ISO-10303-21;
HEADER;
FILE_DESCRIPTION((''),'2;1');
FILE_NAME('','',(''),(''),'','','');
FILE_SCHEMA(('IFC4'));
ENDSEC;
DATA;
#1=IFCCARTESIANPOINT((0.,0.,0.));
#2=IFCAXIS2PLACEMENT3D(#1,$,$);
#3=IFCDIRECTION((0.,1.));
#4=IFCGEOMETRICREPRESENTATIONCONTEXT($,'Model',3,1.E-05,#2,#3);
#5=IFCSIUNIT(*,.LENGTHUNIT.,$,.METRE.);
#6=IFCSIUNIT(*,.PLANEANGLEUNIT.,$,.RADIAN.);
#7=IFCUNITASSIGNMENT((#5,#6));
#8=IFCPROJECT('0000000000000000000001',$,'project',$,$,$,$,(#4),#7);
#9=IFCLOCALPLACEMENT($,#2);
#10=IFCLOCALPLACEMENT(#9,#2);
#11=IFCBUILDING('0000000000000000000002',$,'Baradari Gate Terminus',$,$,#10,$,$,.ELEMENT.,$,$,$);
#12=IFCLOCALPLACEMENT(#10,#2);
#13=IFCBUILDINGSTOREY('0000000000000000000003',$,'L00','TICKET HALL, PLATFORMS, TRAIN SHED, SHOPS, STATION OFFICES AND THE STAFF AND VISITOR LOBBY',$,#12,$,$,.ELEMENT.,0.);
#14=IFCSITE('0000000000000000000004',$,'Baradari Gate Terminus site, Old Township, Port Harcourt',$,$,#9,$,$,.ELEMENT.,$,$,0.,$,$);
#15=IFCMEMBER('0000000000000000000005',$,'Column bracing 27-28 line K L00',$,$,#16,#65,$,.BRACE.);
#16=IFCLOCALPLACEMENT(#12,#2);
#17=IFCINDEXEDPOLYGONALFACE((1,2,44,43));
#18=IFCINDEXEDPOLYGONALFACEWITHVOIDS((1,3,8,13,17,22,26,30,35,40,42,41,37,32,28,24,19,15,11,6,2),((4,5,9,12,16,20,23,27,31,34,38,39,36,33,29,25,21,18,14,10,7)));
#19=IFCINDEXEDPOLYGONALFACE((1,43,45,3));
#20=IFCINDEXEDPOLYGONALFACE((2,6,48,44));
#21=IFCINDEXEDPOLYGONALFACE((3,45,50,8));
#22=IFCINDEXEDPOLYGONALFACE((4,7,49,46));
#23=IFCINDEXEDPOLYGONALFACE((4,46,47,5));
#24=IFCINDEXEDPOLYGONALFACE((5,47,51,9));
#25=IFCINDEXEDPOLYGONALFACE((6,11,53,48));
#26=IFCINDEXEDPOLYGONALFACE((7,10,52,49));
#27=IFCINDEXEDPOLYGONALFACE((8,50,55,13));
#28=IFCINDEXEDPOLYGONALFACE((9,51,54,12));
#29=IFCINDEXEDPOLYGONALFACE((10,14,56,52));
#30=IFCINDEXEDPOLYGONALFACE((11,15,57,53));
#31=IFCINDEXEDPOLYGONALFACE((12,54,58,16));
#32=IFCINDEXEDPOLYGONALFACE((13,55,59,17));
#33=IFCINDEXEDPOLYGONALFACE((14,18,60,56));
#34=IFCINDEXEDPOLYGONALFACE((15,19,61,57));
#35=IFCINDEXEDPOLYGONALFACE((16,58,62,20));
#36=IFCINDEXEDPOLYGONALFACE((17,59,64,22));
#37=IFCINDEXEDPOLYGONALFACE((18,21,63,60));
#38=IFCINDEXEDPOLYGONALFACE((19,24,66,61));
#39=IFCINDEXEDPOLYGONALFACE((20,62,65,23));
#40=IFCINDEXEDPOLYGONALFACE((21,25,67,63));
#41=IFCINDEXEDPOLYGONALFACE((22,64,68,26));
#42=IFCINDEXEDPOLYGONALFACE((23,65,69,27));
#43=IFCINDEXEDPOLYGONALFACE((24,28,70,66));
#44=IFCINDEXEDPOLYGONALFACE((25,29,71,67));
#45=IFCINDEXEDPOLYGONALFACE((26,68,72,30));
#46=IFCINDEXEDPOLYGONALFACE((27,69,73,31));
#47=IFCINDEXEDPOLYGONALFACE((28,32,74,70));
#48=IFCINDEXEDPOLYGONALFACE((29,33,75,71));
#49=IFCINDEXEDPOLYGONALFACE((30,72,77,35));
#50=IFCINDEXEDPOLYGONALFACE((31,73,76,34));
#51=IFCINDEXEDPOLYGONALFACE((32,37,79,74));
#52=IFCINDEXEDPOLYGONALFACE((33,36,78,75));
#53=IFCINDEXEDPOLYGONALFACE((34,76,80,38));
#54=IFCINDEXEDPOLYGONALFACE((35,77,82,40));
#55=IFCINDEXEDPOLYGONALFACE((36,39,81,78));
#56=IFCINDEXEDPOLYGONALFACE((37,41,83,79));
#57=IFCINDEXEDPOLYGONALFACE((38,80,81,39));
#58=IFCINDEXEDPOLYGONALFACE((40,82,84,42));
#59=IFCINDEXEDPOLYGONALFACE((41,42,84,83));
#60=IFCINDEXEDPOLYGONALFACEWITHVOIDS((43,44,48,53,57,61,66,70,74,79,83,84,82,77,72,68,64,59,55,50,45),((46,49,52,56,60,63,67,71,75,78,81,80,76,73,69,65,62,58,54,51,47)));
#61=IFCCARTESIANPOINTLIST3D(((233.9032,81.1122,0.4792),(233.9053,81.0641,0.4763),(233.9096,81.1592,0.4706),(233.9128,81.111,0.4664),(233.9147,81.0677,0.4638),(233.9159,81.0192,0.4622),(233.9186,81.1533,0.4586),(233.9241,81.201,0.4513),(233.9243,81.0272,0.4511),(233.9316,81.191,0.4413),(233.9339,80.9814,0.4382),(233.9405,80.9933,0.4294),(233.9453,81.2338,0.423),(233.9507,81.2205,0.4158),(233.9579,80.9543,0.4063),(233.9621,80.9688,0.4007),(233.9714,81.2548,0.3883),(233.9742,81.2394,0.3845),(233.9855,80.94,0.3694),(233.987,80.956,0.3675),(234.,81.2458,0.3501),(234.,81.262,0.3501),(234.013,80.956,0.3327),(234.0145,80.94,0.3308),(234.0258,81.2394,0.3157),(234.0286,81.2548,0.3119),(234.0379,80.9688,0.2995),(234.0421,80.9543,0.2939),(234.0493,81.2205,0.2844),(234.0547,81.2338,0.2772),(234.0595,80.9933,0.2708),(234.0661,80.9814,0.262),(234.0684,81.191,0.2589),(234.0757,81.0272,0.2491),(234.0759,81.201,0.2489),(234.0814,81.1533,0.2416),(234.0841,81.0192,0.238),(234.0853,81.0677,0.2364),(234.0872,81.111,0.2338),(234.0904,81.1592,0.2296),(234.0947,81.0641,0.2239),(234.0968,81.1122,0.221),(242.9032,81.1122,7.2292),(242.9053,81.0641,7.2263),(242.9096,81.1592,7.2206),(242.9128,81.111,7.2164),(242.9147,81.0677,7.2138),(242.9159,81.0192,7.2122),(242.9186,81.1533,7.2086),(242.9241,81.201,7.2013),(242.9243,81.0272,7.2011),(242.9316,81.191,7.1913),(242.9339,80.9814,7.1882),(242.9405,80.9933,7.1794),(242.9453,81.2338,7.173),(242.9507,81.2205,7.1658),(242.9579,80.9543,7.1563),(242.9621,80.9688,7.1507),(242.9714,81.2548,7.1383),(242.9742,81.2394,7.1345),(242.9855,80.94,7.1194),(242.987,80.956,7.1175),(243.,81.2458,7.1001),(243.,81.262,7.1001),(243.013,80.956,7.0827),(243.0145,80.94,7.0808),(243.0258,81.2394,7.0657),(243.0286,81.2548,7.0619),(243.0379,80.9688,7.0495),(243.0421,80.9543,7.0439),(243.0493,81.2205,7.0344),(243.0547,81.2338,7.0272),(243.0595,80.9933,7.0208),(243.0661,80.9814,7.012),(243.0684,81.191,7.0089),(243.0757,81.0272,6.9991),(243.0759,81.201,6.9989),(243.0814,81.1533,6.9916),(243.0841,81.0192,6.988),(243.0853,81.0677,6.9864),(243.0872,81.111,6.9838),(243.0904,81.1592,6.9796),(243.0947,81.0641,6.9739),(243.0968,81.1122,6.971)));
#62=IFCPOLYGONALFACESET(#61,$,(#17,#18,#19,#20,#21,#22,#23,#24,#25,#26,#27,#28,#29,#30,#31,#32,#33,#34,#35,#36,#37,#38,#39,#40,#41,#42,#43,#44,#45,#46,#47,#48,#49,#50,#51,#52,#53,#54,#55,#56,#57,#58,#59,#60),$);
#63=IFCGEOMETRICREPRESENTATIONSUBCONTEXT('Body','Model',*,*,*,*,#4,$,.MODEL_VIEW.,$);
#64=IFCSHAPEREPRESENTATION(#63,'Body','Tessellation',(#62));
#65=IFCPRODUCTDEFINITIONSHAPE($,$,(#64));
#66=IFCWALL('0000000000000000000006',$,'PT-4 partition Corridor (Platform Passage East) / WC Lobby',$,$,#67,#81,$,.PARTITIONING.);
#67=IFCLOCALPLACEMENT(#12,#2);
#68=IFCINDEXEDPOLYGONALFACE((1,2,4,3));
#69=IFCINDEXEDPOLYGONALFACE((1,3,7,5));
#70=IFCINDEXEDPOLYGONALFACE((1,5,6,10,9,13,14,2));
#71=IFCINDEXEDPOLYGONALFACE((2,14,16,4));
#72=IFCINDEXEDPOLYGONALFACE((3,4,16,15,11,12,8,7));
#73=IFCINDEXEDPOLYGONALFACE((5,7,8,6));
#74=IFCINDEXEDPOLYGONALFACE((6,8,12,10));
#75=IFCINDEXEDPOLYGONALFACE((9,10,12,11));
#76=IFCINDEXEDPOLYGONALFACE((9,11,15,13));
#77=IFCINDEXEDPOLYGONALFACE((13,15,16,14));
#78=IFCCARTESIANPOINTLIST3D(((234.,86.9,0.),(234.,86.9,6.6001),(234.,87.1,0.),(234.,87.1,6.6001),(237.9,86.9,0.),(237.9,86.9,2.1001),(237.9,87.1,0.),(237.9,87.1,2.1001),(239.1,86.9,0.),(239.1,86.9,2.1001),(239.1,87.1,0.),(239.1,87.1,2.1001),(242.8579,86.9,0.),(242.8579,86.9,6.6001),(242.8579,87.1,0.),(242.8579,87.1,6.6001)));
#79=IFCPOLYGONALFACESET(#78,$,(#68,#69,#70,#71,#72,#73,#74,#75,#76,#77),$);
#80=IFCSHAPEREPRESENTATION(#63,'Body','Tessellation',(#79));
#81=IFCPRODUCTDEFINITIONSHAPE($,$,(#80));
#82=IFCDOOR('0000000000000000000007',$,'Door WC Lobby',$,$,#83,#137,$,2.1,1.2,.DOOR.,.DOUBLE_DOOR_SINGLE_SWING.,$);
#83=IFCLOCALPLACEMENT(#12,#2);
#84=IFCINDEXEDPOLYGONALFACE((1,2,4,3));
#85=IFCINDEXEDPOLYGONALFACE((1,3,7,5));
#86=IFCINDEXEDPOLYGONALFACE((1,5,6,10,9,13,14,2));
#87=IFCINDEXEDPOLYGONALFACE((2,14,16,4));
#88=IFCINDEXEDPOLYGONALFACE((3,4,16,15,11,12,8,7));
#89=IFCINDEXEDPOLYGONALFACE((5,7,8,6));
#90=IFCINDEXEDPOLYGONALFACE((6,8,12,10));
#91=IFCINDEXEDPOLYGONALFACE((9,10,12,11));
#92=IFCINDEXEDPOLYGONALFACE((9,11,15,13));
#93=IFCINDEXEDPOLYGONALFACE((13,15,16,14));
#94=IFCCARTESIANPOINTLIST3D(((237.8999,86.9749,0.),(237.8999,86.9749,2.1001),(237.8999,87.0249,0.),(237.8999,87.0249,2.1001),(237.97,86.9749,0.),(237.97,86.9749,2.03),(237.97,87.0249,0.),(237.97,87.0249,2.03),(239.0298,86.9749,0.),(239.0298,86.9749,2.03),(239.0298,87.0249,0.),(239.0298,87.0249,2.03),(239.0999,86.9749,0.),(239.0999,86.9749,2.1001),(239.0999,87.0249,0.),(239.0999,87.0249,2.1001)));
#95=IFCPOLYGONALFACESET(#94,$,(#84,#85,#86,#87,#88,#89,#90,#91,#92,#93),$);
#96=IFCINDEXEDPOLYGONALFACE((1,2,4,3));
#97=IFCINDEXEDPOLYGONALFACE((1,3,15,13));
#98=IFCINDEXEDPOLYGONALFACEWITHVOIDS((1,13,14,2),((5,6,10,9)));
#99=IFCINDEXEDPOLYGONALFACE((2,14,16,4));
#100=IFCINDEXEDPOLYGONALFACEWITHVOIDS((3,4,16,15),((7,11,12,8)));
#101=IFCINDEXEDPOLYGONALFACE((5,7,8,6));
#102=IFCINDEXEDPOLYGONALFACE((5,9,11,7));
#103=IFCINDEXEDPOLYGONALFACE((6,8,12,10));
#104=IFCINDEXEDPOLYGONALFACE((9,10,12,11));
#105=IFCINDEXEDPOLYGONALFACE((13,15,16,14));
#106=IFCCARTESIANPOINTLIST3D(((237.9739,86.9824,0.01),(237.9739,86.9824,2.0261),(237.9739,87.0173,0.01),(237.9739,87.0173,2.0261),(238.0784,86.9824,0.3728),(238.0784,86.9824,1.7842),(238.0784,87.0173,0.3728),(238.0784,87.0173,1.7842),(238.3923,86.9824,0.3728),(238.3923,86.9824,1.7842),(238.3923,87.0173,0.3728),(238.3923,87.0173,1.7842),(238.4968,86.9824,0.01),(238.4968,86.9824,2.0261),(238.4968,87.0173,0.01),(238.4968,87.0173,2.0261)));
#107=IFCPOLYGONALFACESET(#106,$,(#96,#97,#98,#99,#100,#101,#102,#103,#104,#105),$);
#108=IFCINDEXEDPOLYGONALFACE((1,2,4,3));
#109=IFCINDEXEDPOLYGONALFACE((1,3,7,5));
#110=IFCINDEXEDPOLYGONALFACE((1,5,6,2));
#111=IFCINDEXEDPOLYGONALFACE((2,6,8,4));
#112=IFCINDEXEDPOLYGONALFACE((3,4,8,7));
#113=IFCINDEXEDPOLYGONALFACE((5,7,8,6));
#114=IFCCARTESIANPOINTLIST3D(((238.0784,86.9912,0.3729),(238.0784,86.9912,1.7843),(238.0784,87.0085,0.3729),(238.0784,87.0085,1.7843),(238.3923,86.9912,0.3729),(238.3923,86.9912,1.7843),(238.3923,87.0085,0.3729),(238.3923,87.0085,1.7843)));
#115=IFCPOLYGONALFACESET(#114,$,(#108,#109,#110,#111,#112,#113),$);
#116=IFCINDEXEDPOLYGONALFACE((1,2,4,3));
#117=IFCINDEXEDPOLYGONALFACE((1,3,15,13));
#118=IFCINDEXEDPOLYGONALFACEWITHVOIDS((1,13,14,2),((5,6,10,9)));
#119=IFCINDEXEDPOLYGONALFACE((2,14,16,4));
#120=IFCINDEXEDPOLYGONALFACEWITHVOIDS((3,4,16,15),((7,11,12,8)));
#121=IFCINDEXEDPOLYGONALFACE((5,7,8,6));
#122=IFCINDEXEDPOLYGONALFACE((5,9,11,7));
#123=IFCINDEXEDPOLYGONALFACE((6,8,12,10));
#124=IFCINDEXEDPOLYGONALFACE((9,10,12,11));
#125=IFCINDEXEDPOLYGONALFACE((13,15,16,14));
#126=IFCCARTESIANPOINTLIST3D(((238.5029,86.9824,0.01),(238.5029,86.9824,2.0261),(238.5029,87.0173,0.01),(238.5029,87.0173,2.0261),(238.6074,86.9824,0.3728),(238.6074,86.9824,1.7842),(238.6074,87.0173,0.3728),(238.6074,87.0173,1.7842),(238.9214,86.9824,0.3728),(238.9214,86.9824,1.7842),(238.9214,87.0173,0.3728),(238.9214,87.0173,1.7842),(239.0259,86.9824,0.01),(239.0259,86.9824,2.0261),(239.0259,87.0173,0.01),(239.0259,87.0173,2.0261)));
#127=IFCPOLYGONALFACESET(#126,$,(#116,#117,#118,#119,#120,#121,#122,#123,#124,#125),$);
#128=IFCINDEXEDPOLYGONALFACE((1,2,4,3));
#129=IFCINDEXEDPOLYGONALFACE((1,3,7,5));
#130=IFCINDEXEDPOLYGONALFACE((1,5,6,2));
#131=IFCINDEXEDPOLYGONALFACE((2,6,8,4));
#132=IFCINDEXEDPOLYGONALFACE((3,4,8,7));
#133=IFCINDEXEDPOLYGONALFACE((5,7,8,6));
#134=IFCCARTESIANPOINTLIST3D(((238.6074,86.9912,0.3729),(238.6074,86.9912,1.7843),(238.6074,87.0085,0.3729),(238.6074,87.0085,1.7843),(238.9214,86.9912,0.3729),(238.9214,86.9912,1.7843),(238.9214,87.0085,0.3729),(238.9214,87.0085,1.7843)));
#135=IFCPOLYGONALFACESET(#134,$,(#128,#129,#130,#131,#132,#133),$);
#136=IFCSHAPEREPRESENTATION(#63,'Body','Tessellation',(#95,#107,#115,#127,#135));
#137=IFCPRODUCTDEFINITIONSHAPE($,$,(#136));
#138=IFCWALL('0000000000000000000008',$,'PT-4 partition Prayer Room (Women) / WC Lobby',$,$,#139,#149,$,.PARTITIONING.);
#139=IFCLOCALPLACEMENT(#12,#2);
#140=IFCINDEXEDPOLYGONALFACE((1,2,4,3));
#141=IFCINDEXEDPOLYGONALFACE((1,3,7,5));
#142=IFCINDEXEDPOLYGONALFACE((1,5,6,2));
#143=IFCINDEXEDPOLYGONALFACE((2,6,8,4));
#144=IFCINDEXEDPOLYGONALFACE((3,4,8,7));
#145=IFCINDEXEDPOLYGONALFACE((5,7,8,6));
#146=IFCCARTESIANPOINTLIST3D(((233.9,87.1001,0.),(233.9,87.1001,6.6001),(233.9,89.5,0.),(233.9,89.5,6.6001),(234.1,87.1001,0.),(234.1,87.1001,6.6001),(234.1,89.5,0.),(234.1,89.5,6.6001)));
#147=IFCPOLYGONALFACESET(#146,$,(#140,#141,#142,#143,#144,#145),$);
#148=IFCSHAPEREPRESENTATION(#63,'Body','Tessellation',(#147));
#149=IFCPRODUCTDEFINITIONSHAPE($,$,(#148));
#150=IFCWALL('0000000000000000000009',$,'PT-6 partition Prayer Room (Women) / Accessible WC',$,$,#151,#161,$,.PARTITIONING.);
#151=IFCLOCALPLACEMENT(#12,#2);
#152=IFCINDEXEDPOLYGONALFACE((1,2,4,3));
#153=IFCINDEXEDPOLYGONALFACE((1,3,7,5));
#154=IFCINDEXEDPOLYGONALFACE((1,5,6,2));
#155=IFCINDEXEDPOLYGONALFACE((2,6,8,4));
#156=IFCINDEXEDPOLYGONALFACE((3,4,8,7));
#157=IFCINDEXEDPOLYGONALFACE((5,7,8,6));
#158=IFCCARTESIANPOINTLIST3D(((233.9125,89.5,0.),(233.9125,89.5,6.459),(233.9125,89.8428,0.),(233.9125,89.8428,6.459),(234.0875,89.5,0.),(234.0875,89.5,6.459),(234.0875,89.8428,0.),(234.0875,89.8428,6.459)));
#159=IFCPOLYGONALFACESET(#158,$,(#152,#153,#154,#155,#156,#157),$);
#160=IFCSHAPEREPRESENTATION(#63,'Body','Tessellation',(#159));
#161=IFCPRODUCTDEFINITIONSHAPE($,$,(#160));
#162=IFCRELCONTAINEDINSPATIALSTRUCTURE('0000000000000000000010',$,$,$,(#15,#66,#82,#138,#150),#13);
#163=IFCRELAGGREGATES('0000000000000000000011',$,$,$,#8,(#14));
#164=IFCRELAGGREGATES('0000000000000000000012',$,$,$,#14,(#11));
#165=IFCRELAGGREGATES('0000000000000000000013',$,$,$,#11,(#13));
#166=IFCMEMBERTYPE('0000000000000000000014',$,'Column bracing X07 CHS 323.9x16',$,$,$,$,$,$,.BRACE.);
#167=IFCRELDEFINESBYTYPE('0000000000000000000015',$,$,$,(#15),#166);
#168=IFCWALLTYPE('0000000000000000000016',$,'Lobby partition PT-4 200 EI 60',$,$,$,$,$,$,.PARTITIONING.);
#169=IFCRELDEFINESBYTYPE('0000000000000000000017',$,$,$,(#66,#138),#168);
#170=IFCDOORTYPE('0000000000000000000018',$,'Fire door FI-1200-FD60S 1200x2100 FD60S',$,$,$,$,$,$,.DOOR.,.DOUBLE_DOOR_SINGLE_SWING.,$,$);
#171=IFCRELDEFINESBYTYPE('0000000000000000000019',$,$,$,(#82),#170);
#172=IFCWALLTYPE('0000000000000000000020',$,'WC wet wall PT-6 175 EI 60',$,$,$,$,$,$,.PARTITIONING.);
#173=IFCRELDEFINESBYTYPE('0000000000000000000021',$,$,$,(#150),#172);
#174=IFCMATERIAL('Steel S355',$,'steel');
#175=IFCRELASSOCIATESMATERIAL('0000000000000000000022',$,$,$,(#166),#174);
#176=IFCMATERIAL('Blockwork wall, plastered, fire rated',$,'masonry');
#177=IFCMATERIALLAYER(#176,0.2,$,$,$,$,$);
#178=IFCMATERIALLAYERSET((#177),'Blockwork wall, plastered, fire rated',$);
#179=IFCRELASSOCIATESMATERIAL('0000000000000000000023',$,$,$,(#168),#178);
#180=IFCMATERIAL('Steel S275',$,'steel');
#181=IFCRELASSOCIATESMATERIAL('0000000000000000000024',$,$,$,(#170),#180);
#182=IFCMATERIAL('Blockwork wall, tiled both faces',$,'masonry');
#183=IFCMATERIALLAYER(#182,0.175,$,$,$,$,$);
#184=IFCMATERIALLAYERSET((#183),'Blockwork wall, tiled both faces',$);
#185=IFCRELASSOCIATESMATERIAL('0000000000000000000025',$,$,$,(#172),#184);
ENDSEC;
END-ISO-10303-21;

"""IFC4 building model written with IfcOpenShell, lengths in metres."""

from ifc_helpers import new_model, si_unit, direction, frame, frame_2d, origin, origin_2d, place, context, subcontext, project, spatial, polyline, rectangle, hollow_circle, outline, extrude, material, layer, layer_set, material_profile, profile_set, type_object, element, fill, save


model = new_model("IFC4")

# Units and contexts
model_context = context("Model", 3, precision=1e-05, world=origin(), true_north=direction((0.0, 1.0)))
body_context = subcontext(model_context, "Body", "Model", "MODEL_VIEW")
ifc_project = project(units=[si_unit("LENGTHUNIT", "METRE"), si_unit("PLANEANGLEUNIT", "RADIAN")], contexts=[model_context])

# Site, building, storey
site_placement = place(None, origin())
site = spatial("IfcSite", under=ifc_project, at=site_placement, Name="Baradari Gate Terminus site, Old Township, Port Harcourt", CompositionType="ELEMENT", RefElevation=0.0)
building_placement = place(site_placement, origin())
building = spatial("IfcBuilding", under=site, at=building_placement, Name="Baradari Gate Terminus", CompositionType="ELEMENT")
storey_placement = place(building_placement, origin())
storey = spatial("IfcBuildingStorey", under=building, at=storey_placement, Name="L00", Description="TICKET HALL, PLATFORMS, TRAIN SHED, SHOPS, STATION OFFICES AND THE STAFF AND VISITOR LOBBY", CompositionType="ELEMENT", Elevation=0.0)

# Member
ifc_material_1 = material(Name="Steel S355", Category="steel")
ifc_material_profile_1 = material_profile(ifc_material_1, hollow_circle(Radius=0.1619, WallThickness=0.0161, at=origin_2d()), Name="CHS 323.9x16")
ifc_profile_set_1 = profile_set([ifc_material_profile_1], Name="Steel S355")
member_type = type_object("IfcMemberType", Name="Column bracing X07 CHS 323.9x16", PredefinedType="BRACE", material=ifc_profile_set_1)
member_placement = place(storey_placement, frame((234.0, 81.1001, 0.3501), z_axis=(0.8, 0.0, 0.6), x_axis=(0.0, 1.0, 0.0)))
element("IfcMember", 1, at=member_placement, inside=storey, type_object=member_type, Name="Column bracing 27-28 line K L00", PredefinedType="BRACE", context=body_context, shape_type="SweptSolid", body=[
    extrude(hollow_circle(Radius=0.1619, WallThickness=0.0161, at=origin_2d()), origin(), (0.0, 0.0, 1.0), 11.25),
])

# Wall, opening, door
ifc_material_2 = material(Name="Blockwork wall, plastered, fire rated", Category="masonry")
ifc_layer_1 = layer(ifc_material_2, 0.2)
ifc_layer_set_1 = layer_set([ifc_layer_1], Name="Blockwork wall, plastered, fire rated")
wall_type_1 = type_object("IfcWallType", Name="Lobby partition PT-4 200 EI 60", PredefinedType="PARTITIONING", material=ifc_layer_set_1)
wall_1_placement = place(storey_placement, frame((234.0, 87.0, 0.0), z_axis=(0.0, 0.0, 1.0), x_axis=(1.0, 0.0, 0.0)))
wall_1 = element("IfcWall", 2, at=wall_1_placement, inside=storey, type_object=wall_type_1, Name="PT-4 partition Corridor (Platform Passage East) / WC Lobby", PredefinedType="PARTITIONING", context=body_context, shape_type="SweptSolid", body=[
    extrude(rectangle(XDim=8.8579, YDim=0.2, at=frame_2d((4.429, 0.0))), origin(), (0.0, 0.0, 1.0), 6.6001),
])
opening_1_placement = place(wall_1_placement, frame((3.8999, 0.0, 0.0)))
opening_1 = element("IfcOpeningElement", 3, at=opening_1_placement, cuts=wall_1, PredefinedType="OPENING", context=body_context, shape_type="SweptSolid", body=[
    extrude(rectangle(XDim=1.2, YDim=2.1001, at=frame_2d((0.6001, 1.05))), frame((0.0, 0.1099, 0.0), z_axis=(0.0, -1.0, 0.0), x_axis=(1.0, 0.0, 0.0)), (0.0, 0.0, 1.0), 0.22),
])
ifc_material_3 = material(Name="Steel S275", Category="steel")
door_type_1 = type_object("IfcDoorType", Name="Fire door FI-1200-FD60S 1200x2100 FD60S", OperationType="DOUBLE_DOOR_SINGLE_SWING", PredefinedType="DOOR", material=ifc_material_3)
door_1_placement = place(opening_1_placement, origin())
door_1 = element("IfcDoor", 4, at=door_1_placement, inside=storey, type_object=door_type_1, Name="Door WC Lobby", OperationType="DOUBLE_DOOR_SINGLE_SWING", OverallHeight=2.1, OverallWidth=1.2, PredefinedType="DOOR", context=body_context, shape_type="SweptSolid", body=[
    extrude(outline(polyline([(0.0, 0.0), (0.0701, 0.0), (0.0701, 2.03), (1.1299, 2.03), (1.1299, 0.0), (1.2, 0.0), (1.2, 2.1001), (0.0, 2.1001), (0.0, 0.0)])), frame((0.0, 0.0249, 0.0), z_axis=(0.0, -1.0, 0.0), x_axis=(1.0, 0.0, 0.0)), (0.0, 0.0, 1.0), 0.05),
    extrude(outline(polyline([(0.074, 0.01), (0.5969, 0.01), (0.5969, 2.0261), (0.074, 2.0261), (0.074, 0.01)]), holes=[polyline([(0.1785, 0.3728), (0.4924, 0.3728), (0.4924, 1.7842), (0.1785, 1.7842), (0.1785, 0.3728)])]), frame((0.0, 0.0173, 0.0), z_axis=(0.0, -1.0, 0.0), x_axis=(1.0, 0.0, 0.0)), (0.0, 0.0, 1.0), 0.0349),
    extrude(rectangle(XDim=0.314, YDim=1.4114, at=frame_2d((0.3354, 1.0786))), frame((0.0, 0.0085, 0.0), z_axis=(0.0, -1.0, 0.0), x_axis=(1.0, 0.0, 0.0)), (0.0, 0.0, 1.0), 0.0173),
    extrude(outline(polyline([(0.603, 0.01), (1.126, 0.01), (1.126, 2.0261), (0.603, 2.0261), (0.603, 0.01)]), holes=[polyline([(0.7075, 0.3728), (1.0215, 0.3728), (1.0215, 1.7842), (0.7075, 1.7842), (0.7075, 0.3728)])]), frame((0.0, 0.0173, 0.0), z_axis=(0.0, -1.0, 0.0), x_axis=(1.0, 0.0, 0.0)), (0.0, 0.0, 1.0), 0.0349),
    extrude(rectangle(XDim=0.314, YDim=1.4114, at=frame_2d((0.8645, 1.0786))), frame((0.0, 0.0085, 0.0), z_axis=(0.0, -1.0, 0.0), x_axis=(1.0, 0.0, 0.0)), (0.0, 0.0, 1.0), 0.0173),
])
fill(opening_1, door_1)

# Walls
wall_2_placement = place(storey_placement, frame((234.0, 89.5, 0.0), z_axis=(0.0, 0.0, 1.0), x_axis=(0.0, -1.0, 0.0)))
element("IfcWall", 5, at=wall_2_placement, inside=storey, type_object=wall_type_1, Name="PT-4 partition Prayer Room (Women) / WC Lobby", PredefinedType="PARTITIONING", context=body_context, shape_type="SweptSolid", body=[
    extrude(rectangle(XDim=2.3999, YDim=0.2, at=frame_2d((1.2, 0.0))), origin(), (0.0, 0.0, 1.0), 6.6001),
])
ifc_material_4 = material(Name="Blockwork wall, tiled both faces", Category="masonry")
ifc_layer_2 = layer(ifc_material_4, 0.175)
ifc_layer_set_2 = layer_set([ifc_layer_2], Name="Blockwork wall, tiled both faces")
wall_type_2 = type_object("IfcWallType", Name="WC wet wall PT-6 175 EI 60", PredefinedType="PARTITIONING", material=ifc_layer_set_2)
wall_3_placement = place(storey_placement, frame((234.0, 89.8428, 0.0), z_axis=(0.0, 0.0, 1.0), x_axis=(0.0, -1.0, 0.0)))
element("IfcWall", 6, at=wall_3_placement, inside=storey, type_object=wall_type_2, Name="PT-6 partition Prayer Room (Women) / Accessible WC", PredefinedType="PARTITIONING", context=body_context, shape_type="SweptSolid", body=[
    extrude(rectangle(XDim=0.3428, YDim=0.175, at=frame_2d((0.1714, 0.0))), origin(), (0.0, 0.0, 1.0), 6.459),
])

save(model, "model.ifc")
